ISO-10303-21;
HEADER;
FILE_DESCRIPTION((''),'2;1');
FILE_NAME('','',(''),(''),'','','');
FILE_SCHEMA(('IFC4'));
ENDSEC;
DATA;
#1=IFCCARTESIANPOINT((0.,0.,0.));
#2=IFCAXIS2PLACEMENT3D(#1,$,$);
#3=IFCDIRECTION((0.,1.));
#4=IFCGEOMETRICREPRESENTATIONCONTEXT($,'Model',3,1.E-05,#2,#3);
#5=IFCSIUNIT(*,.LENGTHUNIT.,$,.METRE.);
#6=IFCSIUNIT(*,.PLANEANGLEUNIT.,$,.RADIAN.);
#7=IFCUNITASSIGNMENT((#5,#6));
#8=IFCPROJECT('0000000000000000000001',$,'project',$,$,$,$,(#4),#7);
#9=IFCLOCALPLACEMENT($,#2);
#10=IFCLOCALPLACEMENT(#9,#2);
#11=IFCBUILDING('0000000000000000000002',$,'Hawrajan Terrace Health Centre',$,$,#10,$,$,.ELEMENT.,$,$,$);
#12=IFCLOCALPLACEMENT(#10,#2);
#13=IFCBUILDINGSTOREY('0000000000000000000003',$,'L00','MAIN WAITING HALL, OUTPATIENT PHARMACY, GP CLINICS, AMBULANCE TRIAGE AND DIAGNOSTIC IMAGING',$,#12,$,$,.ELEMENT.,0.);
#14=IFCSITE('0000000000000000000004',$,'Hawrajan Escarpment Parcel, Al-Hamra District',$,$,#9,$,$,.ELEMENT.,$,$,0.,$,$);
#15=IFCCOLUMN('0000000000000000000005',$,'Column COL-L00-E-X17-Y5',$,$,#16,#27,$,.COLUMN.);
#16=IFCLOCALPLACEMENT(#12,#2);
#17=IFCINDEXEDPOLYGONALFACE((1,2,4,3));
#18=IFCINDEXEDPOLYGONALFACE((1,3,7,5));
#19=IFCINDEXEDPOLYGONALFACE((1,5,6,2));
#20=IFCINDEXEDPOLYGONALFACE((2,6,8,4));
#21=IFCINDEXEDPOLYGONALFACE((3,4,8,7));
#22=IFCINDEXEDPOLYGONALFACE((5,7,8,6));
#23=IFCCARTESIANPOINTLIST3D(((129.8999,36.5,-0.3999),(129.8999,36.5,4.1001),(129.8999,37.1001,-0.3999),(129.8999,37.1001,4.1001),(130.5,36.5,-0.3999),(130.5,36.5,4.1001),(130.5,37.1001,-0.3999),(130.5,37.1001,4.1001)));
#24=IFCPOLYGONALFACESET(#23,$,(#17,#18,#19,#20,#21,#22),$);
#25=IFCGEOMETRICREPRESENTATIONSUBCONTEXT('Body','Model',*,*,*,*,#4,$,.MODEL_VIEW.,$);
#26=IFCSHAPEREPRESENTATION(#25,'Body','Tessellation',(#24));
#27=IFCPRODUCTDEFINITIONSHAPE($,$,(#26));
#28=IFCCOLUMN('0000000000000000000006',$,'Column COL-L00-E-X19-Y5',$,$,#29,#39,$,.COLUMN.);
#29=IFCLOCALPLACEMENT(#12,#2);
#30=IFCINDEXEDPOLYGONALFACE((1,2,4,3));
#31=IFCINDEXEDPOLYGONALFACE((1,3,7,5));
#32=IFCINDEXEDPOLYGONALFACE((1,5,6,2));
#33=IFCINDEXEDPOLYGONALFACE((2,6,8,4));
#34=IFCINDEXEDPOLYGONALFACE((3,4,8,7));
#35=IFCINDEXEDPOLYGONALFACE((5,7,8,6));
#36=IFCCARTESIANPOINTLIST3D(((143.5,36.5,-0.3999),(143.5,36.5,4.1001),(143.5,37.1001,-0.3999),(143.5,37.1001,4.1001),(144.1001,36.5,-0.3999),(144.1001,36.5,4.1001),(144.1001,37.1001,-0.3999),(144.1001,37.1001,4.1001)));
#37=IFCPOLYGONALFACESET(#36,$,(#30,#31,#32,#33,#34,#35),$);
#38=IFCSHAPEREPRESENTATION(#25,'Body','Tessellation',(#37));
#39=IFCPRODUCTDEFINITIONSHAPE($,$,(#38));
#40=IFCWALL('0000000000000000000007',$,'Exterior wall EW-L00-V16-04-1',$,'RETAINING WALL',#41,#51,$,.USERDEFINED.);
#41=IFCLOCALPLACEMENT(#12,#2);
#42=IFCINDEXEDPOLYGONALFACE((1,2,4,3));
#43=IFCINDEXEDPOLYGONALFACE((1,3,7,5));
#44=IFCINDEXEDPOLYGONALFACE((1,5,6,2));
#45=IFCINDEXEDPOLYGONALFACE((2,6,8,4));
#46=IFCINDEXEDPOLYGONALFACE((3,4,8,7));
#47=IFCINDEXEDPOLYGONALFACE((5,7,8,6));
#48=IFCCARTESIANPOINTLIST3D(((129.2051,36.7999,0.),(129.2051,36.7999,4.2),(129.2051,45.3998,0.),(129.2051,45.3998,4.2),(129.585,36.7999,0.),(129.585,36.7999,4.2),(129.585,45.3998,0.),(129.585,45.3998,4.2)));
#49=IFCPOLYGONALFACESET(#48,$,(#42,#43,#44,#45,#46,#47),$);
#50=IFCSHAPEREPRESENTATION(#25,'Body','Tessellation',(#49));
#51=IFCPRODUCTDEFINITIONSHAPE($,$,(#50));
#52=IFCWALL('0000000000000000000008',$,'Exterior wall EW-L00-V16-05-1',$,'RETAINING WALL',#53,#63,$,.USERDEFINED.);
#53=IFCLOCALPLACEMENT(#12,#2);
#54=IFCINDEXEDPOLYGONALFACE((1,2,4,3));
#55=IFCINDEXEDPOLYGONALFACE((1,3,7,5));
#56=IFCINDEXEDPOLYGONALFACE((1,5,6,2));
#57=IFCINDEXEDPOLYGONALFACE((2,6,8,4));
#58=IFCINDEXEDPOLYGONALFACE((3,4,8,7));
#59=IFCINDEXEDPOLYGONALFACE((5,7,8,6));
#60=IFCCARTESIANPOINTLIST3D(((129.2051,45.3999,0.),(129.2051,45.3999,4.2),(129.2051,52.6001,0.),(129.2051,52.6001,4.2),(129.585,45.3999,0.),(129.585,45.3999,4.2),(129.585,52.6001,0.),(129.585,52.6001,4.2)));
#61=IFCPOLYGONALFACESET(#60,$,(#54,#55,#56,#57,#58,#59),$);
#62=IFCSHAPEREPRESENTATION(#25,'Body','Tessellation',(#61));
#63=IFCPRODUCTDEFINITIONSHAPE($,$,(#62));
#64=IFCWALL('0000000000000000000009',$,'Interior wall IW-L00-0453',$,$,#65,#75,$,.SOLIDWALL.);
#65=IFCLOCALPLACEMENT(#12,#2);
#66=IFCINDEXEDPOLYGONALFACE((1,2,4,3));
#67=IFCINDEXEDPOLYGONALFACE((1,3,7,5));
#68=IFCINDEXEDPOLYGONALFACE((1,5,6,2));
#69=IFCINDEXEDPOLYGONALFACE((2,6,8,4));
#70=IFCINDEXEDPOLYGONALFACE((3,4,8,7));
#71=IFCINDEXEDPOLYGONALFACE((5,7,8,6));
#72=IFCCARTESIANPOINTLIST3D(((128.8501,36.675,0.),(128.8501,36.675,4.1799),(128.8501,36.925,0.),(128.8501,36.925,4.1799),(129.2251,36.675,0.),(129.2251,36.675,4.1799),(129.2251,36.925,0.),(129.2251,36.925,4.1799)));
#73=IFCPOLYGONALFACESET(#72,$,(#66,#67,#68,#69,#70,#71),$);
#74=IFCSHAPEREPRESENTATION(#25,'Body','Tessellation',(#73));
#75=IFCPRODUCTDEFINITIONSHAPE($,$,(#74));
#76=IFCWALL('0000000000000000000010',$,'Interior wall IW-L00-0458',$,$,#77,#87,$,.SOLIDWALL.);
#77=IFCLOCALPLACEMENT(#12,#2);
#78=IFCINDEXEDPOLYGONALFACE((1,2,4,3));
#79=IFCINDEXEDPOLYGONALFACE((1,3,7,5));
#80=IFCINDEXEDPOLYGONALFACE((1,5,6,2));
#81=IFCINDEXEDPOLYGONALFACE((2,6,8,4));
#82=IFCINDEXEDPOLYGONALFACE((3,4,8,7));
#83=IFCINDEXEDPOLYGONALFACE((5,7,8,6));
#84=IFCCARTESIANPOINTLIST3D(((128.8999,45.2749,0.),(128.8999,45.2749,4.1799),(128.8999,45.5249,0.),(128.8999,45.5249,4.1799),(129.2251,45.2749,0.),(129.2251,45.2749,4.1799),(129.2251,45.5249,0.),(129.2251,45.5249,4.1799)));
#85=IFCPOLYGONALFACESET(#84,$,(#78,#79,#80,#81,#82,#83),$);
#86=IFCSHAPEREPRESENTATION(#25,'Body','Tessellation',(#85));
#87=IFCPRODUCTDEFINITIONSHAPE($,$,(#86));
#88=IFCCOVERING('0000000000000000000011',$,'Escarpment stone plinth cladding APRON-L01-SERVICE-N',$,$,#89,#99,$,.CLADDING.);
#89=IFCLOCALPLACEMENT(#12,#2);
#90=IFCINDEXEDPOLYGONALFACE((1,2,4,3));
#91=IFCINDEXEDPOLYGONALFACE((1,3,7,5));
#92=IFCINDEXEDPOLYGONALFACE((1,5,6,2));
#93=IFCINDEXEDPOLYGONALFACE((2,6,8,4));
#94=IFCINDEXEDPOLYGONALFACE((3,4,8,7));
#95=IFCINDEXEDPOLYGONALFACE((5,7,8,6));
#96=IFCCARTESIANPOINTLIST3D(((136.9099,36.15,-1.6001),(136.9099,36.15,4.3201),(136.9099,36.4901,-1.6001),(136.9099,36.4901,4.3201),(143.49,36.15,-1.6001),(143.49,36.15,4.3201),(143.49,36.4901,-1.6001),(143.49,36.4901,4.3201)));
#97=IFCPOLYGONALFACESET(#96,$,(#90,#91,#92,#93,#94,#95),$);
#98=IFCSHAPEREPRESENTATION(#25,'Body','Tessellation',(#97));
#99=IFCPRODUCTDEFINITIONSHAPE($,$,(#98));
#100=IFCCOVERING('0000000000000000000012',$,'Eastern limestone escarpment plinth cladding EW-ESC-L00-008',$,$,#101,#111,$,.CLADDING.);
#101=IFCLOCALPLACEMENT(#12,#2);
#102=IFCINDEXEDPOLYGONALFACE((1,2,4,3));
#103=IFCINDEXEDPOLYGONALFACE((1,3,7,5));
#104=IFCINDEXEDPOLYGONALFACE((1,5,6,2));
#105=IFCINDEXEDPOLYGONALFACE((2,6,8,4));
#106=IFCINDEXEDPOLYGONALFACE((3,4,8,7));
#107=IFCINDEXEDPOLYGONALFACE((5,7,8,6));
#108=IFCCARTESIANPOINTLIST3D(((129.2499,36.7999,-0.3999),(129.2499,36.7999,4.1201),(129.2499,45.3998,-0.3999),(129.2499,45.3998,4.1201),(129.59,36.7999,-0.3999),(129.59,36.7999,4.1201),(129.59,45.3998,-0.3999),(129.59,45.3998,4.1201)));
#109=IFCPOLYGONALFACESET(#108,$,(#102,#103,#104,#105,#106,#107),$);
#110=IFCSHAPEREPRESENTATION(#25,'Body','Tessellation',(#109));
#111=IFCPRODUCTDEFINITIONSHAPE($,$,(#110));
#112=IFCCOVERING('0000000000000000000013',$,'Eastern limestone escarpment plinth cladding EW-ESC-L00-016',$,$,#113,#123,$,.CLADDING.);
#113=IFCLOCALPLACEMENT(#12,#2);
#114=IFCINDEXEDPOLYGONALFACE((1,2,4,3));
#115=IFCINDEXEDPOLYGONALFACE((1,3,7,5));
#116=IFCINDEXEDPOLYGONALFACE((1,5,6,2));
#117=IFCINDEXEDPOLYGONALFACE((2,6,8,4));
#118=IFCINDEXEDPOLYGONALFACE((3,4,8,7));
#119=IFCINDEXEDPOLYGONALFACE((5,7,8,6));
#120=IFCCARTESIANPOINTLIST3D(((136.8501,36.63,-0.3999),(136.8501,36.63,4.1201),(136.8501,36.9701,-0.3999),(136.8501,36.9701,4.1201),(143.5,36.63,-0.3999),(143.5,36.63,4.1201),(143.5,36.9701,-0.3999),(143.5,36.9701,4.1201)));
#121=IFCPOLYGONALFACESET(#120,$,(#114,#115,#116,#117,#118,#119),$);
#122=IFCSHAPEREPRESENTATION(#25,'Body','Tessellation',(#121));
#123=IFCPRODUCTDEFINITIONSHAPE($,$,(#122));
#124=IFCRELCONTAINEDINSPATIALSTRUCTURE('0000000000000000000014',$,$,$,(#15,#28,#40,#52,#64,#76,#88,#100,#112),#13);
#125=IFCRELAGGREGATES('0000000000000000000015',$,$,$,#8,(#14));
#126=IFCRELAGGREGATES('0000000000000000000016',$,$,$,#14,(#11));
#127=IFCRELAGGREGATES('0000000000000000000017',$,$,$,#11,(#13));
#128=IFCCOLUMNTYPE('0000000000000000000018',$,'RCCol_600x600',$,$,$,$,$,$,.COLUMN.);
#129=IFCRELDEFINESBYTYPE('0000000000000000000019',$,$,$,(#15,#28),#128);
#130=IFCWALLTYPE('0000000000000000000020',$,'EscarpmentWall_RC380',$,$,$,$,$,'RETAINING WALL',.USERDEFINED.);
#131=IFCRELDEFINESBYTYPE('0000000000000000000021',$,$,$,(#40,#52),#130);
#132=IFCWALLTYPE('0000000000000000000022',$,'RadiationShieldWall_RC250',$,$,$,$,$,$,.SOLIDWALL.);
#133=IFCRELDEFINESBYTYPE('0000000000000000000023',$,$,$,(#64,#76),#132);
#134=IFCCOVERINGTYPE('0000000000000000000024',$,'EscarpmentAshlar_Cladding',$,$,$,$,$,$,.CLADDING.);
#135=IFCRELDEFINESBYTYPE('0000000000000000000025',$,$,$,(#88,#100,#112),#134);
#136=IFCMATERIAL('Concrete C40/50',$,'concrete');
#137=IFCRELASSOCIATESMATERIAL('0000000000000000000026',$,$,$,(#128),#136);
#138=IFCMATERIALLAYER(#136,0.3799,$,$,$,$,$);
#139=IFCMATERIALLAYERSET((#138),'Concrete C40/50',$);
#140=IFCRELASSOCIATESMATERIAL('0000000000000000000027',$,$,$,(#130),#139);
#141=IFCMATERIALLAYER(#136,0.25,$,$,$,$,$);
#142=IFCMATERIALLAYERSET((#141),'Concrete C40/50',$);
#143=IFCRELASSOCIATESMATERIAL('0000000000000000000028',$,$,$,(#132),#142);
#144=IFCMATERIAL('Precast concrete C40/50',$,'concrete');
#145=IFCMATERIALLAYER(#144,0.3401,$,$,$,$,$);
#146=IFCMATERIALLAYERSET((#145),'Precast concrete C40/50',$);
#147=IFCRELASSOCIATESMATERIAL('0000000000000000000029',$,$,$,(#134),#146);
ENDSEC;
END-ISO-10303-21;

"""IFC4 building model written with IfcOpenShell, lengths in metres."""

from ifc_helpers import new_model, si_unit, direction, frame, frame_2d, origin, origin_2d, place, context, subcontext, project, spatial, rectangle, extrude, material, layer, layer_set, material_profile, profile_set, type_object, element, save


model = new_model("IFC4")

# Units and contexts
model_context = context("Model", 3, precision=1e-05, world=origin(), true_north=direction((0.0, 1.0)))
body_context = subcontext(model_context, "Body", "Model", "MODEL_VIEW")
ifc_project = project(units=[si_unit("LENGTHUNIT", "METRE"), si_unit("PLANEANGLEUNIT", "RADIAN")], contexts=[model_context])

# Site, building, storey
site_placement = place(None, origin())
site = spatial("IfcSite", under=ifc_project, at=site_placement, Name="Hawrajan Escarpment Parcel, Al-Hamra District", CompositionType="ELEMENT", RefElevation=0.0)
building_placement = place(site_placement, origin())
building = spatial("IfcBuilding", under=site, at=building_placement, Name="Hawrajan Terrace Health Centre", CompositionType="ELEMENT")
storey_placement = place(building_placement, origin())
storey = spatial("IfcBuildingStorey", under=building, at=storey_placement, Name="L00", Description="MAIN WAITING HALL, OUTPATIENT PHARMACY, GP CLINICS, AMBULANCE TRIAGE AND DIAGNOSTIC IMAGING", CompositionType="ELEMENT", Elevation=0.0)

# Shared definitions
ifc_material_1 = material(Name="Concrete C40/50", Category="concrete")

# Columns
ifc_material_profile_1 = material_profile(ifc_material_1, rectangle(XDim=0.6001, YDim=0.6001, at=origin_2d()), Name="RC 600x600")
ifc_profile_set_1 = profile_set([ifc_material_profile_1], Name="Concrete C40/50")
column_type_1 = type_object("IfcColumnType", Name="RCCol_600x600", PredefinedType="COLUMN", material=ifc_profile_set_1)
for number, where, z_axis, x_axis, name in (
    (1, (130.2, 36.8, -0.3999), (0.0, 0.0, 1.0), (1.0, 0.0, 0.0), "Column COL-L00-E-X17-Y5"),
    (2, (143.8, 36.8, -0.3999), (0.0, 0.0, 1.0), (1.0, 0.0, 0.0), "Column COL-L00-E-X19-Y5"),
):
    element("IfcColumn", number, at=place(storey_placement, frame(where, z_axis=z_axis, x_axis=x_axis)), inside=storey, type_object=column_type_1, Name=name, PredefinedType="COLUMN", context=body_context, shape_type="SweptSolid", body=[
        extrude(rectangle(XDim=0.6001, YDim=0.6001, at=origin_2d()), origin(), (0.0, 0.0, 1.0), 4.5),
    ])

# Walls
ifc_layer_1 = layer(ifc_material_1, 0.3799)
ifc_layer_set_1 = layer_set([ifc_layer_1], Name="Concrete C40/50")
wall_type_1 = type_object("IfcWallType", Name="EscarpmentWall_RC380", ElementType="RETAINING WALL", PredefinedType="USERDEFINED", material=ifc_layer_set_1)
wall_1_placement = place(storey_placement, frame((129.395, 36.8, 0.0), z_axis=(0.0, 0.0, 1.0), x_axis=(0.0, 1.0, 0.0)))
element("IfcWall", 3, at=wall_1_placement, inside=storey, type_object=wall_type_1, Name="Exterior wall EW-L00-V16-04-1", ObjectType="RETAINING WALL", PredefinedType="USERDEFINED", context=body_context, shape_type="SweptSolid", body=[
    extrude(rectangle(XDim=8.5999, YDim=0.3799, at=frame_2d((4.2998, 0.0))), origin(), (0.0, 0.0, 1.0), 4.2),
])
wall_2_placement = place(storey_placement, frame((129.395, 45.3999, 0.0), z_axis=(0.0, 0.0, 1.0), x_axis=(0.0, 1.0, 0.0)))
element("IfcWall", 4, at=wall_2_placement, inside=storey, type_object=wall_type_1, Name="Exterior wall EW-L00-V16-05-1", ObjectType="RETAINING WALL", PredefinedType="USERDEFINED", context=body_context, shape_type="SweptSolid", body=[
    extrude(rectangle(XDim=7.2002, YDim=0.3799, at=frame_2d((3.6001, 0.0))), origin(), (0.0, 0.0, 1.0), 4.2),
])
ifc_layer_2 = layer(ifc_material_1, 0.25)
ifc_layer_set_2 = layer_set([ifc_layer_2], Name="Concrete C40/50")
wall_type_2 = type_object("IfcWallType", Name="RadiationShieldWall_RC250", PredefinedType="SOLIDWALL", material=ifc_layer_set_2)
wall_3_placement = place(storey_placement, frame((128.8501, 36.8, 0.0), z_axis=(0.0, 0.0, 1.0), x_axis=(1.0, 0.0, 0.0)))
element("IfcWall", 5, at=wall_3_placement, inside=storey, type_object=wall_type_2, Name="Interior wall IW-L00-0453", PredefinedType="SOLIDWALL", context=body_context, shape_type="SweptSolid", body=[
    extrude(rectangle(XDim=0.375, YDim=0.25, at=frame_2d((0.1875, 0.0))), origin(), (0.0, 0.0, 1.0), 4.1799),
])
wall_4_placement = place(storey_placement, frame((128.8999, 45.3999, 0.0), z_axis=(0.0, 0.0, 1.0), x_axis=(1.0, 0.0, 0.0)))
element("IfcWall", 6, at=wall_4_placement, inside=storey, type_object=wall_type_2, Name="Interior wall IW-L00-0458", PredefinedType="SOLIDWALL", context=body_context, shape_type="SweptSolid", body=[
    extrude(rectangle(XDim=0.3252, YDim=0.25, at=frame_2d((0.1626, 0.0))), origin(), (0.0, 0.0, 1.0), 4.1799),
])

# Coverings
ifc_material_2 = material(Name="Precast concrete C40/50", Category="concrete")
ifc_layer_3 = layer(ifc_material_2, 0.3401)
ifc_layer_set_3 = layer_set([ifc_layer_3], Name="Precast concrete C40/50")
covering_type = type_object("IfcCoveringType", Name="EscarpmentAshlar_Cladding", PredefinedType="CLADDING", material=ifc_layer_set_3)
covering_1_placement = place(storey_placement, frame((136.9099, 36.3201, -1.6001), z_axis=(0.0, 0.0, 1.0), x_axis=(1.0, 0.0, 0.0)))
element("IfcCovering", 7, at=covering_1_placement, inside=storey, type_object=covering_type, Name="Escarpment stone plinth cladding APRON-L01-SERVICE-N", PredefinedType="CLADDING", context=body_context, shape_type="SweptSolid", body=[
    extrude(rectangle(XDim=6.5801, YDim=0.3401, at=frame_2d((3.29, 0.0))), origin(), (0.0, 0.0, 1.0), 5.9202),
])
covering_2_placement = place(storey_placement, frame((129.4199, 36.8, -0.3999), z_axis=(0.0, 0.0, 1.0), x_axis=(0.0, 1.0, 0.0)))
element("IfcCovering", 8, at=covering_2_placement, inside=storey, type_object=covering_type, Name="Eastern limestone escarpment plinth cladding EW-ESC-L00-008", PredefinedType="CLADDING", context=body_context, shape_type="SweptSolid", body=[
    extrude(rectangle(XDim=8.5999, YDim=0.3401, at=frame_2d((4.2998, 0.0))), origin(), (0.0, 0.0, 1.0), 4.52),
])
covering_3_placement = place(storey_placement, frame((136.8501, 36.8, -0.3999), z_axis=(0.0, 0.0, 1.0), x_axis=(1.0, 0.0, 0.0)))
element("IfcCovering", 9, at=covering_3_placement, inside=storey, type_object=covering_type, Name="Eastern limestone escarpment plinth cladding EW-ESC-L00-016", PredefinedType="CLADDING", context=body_context, shape_type="SweptSolid", body=[
    extrude(rectangle(XDim=6.6499, YDim=0.3401, at=frame_2d((3.325, 0.0))), origin(), (0.0, 0.0, 1.0), 4.52),
])

save(model, "model.ifc")
